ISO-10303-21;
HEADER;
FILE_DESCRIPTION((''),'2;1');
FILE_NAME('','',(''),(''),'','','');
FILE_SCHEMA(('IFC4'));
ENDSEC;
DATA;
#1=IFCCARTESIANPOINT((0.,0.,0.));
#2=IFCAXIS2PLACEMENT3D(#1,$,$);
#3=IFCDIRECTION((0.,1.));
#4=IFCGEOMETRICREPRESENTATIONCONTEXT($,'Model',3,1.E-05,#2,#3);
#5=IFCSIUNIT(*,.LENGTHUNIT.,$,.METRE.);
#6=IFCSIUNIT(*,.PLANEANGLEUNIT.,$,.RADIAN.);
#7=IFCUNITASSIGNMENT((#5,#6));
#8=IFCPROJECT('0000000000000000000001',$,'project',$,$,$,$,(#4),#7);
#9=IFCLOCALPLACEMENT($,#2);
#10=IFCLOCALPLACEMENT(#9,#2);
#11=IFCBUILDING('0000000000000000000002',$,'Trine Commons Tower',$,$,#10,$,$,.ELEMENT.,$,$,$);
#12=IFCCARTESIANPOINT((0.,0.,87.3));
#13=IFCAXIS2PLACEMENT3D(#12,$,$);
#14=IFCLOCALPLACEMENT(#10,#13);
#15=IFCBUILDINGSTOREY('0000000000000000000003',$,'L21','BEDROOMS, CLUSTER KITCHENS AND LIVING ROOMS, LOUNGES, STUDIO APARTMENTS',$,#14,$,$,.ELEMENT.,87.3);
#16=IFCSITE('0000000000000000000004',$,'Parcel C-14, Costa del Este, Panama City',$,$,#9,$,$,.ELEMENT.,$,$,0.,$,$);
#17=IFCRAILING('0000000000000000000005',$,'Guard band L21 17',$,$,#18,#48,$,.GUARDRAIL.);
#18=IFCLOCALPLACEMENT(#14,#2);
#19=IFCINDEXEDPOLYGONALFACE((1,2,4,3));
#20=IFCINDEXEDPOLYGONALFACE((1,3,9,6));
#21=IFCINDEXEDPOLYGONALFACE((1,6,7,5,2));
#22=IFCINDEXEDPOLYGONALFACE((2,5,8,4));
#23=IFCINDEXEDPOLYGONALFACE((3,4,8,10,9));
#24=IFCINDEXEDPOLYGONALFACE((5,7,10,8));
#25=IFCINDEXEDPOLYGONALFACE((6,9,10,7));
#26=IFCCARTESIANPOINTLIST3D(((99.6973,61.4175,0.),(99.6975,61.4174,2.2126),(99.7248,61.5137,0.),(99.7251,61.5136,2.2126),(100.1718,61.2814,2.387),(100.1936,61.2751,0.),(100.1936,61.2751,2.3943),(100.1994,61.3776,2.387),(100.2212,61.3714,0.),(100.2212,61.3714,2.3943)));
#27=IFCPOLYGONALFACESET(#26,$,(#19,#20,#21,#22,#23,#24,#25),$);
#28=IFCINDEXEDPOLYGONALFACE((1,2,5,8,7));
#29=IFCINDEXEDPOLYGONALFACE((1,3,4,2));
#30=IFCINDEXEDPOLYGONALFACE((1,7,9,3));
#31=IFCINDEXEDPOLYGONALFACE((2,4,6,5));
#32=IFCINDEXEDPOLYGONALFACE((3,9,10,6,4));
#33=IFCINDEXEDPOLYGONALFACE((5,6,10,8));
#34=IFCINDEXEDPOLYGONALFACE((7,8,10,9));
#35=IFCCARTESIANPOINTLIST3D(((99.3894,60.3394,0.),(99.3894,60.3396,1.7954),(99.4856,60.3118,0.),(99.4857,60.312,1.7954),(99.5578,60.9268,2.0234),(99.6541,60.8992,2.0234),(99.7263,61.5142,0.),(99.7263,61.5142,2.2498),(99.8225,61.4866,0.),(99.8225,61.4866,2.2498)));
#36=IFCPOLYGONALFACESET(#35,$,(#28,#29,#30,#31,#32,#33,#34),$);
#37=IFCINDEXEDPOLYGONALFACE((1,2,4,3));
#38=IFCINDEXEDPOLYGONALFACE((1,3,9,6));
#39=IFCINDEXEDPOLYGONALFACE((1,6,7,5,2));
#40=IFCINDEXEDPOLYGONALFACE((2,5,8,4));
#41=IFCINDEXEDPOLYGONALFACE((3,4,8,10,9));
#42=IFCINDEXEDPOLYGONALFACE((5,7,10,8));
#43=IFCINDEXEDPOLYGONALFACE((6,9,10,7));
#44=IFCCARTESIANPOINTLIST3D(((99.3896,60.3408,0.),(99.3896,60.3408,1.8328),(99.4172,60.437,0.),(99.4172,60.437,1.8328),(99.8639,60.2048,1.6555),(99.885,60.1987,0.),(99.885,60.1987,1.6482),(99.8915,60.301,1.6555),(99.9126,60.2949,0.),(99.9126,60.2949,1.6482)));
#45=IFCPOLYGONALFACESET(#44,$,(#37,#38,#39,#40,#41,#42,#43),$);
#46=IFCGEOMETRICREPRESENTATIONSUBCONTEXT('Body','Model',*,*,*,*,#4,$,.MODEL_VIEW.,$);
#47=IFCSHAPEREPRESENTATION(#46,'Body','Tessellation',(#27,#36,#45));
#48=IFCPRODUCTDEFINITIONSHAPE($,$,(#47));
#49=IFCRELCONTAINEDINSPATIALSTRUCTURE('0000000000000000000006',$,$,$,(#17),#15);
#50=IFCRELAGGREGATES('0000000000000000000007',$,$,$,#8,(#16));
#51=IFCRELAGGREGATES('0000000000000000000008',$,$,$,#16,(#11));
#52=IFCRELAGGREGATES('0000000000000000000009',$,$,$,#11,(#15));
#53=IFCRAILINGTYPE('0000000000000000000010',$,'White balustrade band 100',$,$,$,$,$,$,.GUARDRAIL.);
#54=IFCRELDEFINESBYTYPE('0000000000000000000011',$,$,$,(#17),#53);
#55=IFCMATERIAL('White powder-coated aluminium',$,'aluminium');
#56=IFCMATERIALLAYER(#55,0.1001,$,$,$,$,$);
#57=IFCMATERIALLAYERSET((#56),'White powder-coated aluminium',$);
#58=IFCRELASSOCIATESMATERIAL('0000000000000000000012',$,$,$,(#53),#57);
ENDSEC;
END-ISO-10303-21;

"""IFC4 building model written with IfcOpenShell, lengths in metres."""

from ifc_helpers import new_model, si_unit, direction, frame, origin, place, context, subcontext, project, spatial, polyline, outline, extrude, material, layer, layer_set, type_object, element, save


model = new_model("IFC4")

# Units and contexts
model_context = context("Model", 3, precision=1e-05, world=origin(), true_north=direction((0.0, 1.0)))
body_context = subcontext(model_context, "Body", "Model", "MODEL_VIEW")
ifc_project = project(units=[si_unit("LENGTHUNIT", "METRE"), si_unit("PLANEANGLEUNIT", "RADIAN")], contexts=[model_context])

# Site, building, storey
site_placement = place(None, origin())
site = spatial("IfcSite", under=ifc_project, at=site_placement, Name="Parcel C-14, Costa del Este, Panama City", CompositionType="ELEMENT", RefElevation=0.0)
building_placement = place(site_placement, origin())
building = spatial("IfcBuilding", under=site, at=building_placement, Name="Trine Commons Tower", CompositionType="ELEMENT")
storey_placement = place(building_placement, frame((0.0, 0.0, 87.3)))
storey = spatial("IfcBuildingStorey", under=building, at=storey_placement, Name="L21", Description="BEDROOMS, CLUSTER KITCHENS AND LIVING ROOMS, LOUNGES, STUDIO APARTMENTS", CompositionType="ELEMENT", Elevation=87.3)

# Railing
ifc_material_1 = material(Name="White powder-coated aluminium", Category="aluminium")
ifc_layer_1 = layer(ifc_material_1, 0.1001)
ifc_layer_set_1 = layer_set([ifc_layer_1], Name="White powder-coated aluminium")
railing_type = type_object("IfcRailingType", Name="White balustrade band 100", PredefinedType="GUARDRAIL", material=ifc_layer_set_1)
railing_1_placement = place(storey_placement, origin())
element("IfcRailing", 1, at=railing_1_placement, inside=storey, type_object=railing_type, Name="Guard band L21 17", PredefinedType="GUARDRAIL", context=body_context, shape_type="SweptSolid", body=[
    extrude(outline(polyline([(0.0, 0.0), (0.5164, 0.0), (0.5161, 2.2126), (0.5161, 2.2126), (0.0227, 2.387), (0.0, 2.3943), (0.0, 0.0)])), frame((100.1936, 61.2751, 0.0), z_axis=(0.275658, 0.961256, 0.0), x_axis=(-0.961256, 0.275658, 0.0)), (0.0, 0.0, 1.0), 0.1001),
    extrude(outline(polyline([(0.0, 0.0), (1.2222, 0.0), (1.2219, 1.7954), (0.6111, 2.0234), (0.0, 2.2498), (0.0, 0.0)])), frame((99.8225, 61.4866, 0.0), z_axis=(-0.961252, 0.275671, 0.0), x_axis=(-0.275671, -0.961252, 0.0)), (0.0, 0.0, 1.0), 0.1001),
    extrude(outline(polyline([(0.0, 0.0), (0.5154, 0.0), (0.5154, 1.6482), (0.4934, 1.6555), (0.0, 1.8328), (0.0, 0.0)])), frame((99.4172, 60.437, 0.0), z_axis=(-0.275722, -0.961237, 0.0), x_axis=(0.961237, -0.275722, 0.0)), (0.0, 0.0, 1.0), 0.1001),
])

save(model, "model.ifc")
